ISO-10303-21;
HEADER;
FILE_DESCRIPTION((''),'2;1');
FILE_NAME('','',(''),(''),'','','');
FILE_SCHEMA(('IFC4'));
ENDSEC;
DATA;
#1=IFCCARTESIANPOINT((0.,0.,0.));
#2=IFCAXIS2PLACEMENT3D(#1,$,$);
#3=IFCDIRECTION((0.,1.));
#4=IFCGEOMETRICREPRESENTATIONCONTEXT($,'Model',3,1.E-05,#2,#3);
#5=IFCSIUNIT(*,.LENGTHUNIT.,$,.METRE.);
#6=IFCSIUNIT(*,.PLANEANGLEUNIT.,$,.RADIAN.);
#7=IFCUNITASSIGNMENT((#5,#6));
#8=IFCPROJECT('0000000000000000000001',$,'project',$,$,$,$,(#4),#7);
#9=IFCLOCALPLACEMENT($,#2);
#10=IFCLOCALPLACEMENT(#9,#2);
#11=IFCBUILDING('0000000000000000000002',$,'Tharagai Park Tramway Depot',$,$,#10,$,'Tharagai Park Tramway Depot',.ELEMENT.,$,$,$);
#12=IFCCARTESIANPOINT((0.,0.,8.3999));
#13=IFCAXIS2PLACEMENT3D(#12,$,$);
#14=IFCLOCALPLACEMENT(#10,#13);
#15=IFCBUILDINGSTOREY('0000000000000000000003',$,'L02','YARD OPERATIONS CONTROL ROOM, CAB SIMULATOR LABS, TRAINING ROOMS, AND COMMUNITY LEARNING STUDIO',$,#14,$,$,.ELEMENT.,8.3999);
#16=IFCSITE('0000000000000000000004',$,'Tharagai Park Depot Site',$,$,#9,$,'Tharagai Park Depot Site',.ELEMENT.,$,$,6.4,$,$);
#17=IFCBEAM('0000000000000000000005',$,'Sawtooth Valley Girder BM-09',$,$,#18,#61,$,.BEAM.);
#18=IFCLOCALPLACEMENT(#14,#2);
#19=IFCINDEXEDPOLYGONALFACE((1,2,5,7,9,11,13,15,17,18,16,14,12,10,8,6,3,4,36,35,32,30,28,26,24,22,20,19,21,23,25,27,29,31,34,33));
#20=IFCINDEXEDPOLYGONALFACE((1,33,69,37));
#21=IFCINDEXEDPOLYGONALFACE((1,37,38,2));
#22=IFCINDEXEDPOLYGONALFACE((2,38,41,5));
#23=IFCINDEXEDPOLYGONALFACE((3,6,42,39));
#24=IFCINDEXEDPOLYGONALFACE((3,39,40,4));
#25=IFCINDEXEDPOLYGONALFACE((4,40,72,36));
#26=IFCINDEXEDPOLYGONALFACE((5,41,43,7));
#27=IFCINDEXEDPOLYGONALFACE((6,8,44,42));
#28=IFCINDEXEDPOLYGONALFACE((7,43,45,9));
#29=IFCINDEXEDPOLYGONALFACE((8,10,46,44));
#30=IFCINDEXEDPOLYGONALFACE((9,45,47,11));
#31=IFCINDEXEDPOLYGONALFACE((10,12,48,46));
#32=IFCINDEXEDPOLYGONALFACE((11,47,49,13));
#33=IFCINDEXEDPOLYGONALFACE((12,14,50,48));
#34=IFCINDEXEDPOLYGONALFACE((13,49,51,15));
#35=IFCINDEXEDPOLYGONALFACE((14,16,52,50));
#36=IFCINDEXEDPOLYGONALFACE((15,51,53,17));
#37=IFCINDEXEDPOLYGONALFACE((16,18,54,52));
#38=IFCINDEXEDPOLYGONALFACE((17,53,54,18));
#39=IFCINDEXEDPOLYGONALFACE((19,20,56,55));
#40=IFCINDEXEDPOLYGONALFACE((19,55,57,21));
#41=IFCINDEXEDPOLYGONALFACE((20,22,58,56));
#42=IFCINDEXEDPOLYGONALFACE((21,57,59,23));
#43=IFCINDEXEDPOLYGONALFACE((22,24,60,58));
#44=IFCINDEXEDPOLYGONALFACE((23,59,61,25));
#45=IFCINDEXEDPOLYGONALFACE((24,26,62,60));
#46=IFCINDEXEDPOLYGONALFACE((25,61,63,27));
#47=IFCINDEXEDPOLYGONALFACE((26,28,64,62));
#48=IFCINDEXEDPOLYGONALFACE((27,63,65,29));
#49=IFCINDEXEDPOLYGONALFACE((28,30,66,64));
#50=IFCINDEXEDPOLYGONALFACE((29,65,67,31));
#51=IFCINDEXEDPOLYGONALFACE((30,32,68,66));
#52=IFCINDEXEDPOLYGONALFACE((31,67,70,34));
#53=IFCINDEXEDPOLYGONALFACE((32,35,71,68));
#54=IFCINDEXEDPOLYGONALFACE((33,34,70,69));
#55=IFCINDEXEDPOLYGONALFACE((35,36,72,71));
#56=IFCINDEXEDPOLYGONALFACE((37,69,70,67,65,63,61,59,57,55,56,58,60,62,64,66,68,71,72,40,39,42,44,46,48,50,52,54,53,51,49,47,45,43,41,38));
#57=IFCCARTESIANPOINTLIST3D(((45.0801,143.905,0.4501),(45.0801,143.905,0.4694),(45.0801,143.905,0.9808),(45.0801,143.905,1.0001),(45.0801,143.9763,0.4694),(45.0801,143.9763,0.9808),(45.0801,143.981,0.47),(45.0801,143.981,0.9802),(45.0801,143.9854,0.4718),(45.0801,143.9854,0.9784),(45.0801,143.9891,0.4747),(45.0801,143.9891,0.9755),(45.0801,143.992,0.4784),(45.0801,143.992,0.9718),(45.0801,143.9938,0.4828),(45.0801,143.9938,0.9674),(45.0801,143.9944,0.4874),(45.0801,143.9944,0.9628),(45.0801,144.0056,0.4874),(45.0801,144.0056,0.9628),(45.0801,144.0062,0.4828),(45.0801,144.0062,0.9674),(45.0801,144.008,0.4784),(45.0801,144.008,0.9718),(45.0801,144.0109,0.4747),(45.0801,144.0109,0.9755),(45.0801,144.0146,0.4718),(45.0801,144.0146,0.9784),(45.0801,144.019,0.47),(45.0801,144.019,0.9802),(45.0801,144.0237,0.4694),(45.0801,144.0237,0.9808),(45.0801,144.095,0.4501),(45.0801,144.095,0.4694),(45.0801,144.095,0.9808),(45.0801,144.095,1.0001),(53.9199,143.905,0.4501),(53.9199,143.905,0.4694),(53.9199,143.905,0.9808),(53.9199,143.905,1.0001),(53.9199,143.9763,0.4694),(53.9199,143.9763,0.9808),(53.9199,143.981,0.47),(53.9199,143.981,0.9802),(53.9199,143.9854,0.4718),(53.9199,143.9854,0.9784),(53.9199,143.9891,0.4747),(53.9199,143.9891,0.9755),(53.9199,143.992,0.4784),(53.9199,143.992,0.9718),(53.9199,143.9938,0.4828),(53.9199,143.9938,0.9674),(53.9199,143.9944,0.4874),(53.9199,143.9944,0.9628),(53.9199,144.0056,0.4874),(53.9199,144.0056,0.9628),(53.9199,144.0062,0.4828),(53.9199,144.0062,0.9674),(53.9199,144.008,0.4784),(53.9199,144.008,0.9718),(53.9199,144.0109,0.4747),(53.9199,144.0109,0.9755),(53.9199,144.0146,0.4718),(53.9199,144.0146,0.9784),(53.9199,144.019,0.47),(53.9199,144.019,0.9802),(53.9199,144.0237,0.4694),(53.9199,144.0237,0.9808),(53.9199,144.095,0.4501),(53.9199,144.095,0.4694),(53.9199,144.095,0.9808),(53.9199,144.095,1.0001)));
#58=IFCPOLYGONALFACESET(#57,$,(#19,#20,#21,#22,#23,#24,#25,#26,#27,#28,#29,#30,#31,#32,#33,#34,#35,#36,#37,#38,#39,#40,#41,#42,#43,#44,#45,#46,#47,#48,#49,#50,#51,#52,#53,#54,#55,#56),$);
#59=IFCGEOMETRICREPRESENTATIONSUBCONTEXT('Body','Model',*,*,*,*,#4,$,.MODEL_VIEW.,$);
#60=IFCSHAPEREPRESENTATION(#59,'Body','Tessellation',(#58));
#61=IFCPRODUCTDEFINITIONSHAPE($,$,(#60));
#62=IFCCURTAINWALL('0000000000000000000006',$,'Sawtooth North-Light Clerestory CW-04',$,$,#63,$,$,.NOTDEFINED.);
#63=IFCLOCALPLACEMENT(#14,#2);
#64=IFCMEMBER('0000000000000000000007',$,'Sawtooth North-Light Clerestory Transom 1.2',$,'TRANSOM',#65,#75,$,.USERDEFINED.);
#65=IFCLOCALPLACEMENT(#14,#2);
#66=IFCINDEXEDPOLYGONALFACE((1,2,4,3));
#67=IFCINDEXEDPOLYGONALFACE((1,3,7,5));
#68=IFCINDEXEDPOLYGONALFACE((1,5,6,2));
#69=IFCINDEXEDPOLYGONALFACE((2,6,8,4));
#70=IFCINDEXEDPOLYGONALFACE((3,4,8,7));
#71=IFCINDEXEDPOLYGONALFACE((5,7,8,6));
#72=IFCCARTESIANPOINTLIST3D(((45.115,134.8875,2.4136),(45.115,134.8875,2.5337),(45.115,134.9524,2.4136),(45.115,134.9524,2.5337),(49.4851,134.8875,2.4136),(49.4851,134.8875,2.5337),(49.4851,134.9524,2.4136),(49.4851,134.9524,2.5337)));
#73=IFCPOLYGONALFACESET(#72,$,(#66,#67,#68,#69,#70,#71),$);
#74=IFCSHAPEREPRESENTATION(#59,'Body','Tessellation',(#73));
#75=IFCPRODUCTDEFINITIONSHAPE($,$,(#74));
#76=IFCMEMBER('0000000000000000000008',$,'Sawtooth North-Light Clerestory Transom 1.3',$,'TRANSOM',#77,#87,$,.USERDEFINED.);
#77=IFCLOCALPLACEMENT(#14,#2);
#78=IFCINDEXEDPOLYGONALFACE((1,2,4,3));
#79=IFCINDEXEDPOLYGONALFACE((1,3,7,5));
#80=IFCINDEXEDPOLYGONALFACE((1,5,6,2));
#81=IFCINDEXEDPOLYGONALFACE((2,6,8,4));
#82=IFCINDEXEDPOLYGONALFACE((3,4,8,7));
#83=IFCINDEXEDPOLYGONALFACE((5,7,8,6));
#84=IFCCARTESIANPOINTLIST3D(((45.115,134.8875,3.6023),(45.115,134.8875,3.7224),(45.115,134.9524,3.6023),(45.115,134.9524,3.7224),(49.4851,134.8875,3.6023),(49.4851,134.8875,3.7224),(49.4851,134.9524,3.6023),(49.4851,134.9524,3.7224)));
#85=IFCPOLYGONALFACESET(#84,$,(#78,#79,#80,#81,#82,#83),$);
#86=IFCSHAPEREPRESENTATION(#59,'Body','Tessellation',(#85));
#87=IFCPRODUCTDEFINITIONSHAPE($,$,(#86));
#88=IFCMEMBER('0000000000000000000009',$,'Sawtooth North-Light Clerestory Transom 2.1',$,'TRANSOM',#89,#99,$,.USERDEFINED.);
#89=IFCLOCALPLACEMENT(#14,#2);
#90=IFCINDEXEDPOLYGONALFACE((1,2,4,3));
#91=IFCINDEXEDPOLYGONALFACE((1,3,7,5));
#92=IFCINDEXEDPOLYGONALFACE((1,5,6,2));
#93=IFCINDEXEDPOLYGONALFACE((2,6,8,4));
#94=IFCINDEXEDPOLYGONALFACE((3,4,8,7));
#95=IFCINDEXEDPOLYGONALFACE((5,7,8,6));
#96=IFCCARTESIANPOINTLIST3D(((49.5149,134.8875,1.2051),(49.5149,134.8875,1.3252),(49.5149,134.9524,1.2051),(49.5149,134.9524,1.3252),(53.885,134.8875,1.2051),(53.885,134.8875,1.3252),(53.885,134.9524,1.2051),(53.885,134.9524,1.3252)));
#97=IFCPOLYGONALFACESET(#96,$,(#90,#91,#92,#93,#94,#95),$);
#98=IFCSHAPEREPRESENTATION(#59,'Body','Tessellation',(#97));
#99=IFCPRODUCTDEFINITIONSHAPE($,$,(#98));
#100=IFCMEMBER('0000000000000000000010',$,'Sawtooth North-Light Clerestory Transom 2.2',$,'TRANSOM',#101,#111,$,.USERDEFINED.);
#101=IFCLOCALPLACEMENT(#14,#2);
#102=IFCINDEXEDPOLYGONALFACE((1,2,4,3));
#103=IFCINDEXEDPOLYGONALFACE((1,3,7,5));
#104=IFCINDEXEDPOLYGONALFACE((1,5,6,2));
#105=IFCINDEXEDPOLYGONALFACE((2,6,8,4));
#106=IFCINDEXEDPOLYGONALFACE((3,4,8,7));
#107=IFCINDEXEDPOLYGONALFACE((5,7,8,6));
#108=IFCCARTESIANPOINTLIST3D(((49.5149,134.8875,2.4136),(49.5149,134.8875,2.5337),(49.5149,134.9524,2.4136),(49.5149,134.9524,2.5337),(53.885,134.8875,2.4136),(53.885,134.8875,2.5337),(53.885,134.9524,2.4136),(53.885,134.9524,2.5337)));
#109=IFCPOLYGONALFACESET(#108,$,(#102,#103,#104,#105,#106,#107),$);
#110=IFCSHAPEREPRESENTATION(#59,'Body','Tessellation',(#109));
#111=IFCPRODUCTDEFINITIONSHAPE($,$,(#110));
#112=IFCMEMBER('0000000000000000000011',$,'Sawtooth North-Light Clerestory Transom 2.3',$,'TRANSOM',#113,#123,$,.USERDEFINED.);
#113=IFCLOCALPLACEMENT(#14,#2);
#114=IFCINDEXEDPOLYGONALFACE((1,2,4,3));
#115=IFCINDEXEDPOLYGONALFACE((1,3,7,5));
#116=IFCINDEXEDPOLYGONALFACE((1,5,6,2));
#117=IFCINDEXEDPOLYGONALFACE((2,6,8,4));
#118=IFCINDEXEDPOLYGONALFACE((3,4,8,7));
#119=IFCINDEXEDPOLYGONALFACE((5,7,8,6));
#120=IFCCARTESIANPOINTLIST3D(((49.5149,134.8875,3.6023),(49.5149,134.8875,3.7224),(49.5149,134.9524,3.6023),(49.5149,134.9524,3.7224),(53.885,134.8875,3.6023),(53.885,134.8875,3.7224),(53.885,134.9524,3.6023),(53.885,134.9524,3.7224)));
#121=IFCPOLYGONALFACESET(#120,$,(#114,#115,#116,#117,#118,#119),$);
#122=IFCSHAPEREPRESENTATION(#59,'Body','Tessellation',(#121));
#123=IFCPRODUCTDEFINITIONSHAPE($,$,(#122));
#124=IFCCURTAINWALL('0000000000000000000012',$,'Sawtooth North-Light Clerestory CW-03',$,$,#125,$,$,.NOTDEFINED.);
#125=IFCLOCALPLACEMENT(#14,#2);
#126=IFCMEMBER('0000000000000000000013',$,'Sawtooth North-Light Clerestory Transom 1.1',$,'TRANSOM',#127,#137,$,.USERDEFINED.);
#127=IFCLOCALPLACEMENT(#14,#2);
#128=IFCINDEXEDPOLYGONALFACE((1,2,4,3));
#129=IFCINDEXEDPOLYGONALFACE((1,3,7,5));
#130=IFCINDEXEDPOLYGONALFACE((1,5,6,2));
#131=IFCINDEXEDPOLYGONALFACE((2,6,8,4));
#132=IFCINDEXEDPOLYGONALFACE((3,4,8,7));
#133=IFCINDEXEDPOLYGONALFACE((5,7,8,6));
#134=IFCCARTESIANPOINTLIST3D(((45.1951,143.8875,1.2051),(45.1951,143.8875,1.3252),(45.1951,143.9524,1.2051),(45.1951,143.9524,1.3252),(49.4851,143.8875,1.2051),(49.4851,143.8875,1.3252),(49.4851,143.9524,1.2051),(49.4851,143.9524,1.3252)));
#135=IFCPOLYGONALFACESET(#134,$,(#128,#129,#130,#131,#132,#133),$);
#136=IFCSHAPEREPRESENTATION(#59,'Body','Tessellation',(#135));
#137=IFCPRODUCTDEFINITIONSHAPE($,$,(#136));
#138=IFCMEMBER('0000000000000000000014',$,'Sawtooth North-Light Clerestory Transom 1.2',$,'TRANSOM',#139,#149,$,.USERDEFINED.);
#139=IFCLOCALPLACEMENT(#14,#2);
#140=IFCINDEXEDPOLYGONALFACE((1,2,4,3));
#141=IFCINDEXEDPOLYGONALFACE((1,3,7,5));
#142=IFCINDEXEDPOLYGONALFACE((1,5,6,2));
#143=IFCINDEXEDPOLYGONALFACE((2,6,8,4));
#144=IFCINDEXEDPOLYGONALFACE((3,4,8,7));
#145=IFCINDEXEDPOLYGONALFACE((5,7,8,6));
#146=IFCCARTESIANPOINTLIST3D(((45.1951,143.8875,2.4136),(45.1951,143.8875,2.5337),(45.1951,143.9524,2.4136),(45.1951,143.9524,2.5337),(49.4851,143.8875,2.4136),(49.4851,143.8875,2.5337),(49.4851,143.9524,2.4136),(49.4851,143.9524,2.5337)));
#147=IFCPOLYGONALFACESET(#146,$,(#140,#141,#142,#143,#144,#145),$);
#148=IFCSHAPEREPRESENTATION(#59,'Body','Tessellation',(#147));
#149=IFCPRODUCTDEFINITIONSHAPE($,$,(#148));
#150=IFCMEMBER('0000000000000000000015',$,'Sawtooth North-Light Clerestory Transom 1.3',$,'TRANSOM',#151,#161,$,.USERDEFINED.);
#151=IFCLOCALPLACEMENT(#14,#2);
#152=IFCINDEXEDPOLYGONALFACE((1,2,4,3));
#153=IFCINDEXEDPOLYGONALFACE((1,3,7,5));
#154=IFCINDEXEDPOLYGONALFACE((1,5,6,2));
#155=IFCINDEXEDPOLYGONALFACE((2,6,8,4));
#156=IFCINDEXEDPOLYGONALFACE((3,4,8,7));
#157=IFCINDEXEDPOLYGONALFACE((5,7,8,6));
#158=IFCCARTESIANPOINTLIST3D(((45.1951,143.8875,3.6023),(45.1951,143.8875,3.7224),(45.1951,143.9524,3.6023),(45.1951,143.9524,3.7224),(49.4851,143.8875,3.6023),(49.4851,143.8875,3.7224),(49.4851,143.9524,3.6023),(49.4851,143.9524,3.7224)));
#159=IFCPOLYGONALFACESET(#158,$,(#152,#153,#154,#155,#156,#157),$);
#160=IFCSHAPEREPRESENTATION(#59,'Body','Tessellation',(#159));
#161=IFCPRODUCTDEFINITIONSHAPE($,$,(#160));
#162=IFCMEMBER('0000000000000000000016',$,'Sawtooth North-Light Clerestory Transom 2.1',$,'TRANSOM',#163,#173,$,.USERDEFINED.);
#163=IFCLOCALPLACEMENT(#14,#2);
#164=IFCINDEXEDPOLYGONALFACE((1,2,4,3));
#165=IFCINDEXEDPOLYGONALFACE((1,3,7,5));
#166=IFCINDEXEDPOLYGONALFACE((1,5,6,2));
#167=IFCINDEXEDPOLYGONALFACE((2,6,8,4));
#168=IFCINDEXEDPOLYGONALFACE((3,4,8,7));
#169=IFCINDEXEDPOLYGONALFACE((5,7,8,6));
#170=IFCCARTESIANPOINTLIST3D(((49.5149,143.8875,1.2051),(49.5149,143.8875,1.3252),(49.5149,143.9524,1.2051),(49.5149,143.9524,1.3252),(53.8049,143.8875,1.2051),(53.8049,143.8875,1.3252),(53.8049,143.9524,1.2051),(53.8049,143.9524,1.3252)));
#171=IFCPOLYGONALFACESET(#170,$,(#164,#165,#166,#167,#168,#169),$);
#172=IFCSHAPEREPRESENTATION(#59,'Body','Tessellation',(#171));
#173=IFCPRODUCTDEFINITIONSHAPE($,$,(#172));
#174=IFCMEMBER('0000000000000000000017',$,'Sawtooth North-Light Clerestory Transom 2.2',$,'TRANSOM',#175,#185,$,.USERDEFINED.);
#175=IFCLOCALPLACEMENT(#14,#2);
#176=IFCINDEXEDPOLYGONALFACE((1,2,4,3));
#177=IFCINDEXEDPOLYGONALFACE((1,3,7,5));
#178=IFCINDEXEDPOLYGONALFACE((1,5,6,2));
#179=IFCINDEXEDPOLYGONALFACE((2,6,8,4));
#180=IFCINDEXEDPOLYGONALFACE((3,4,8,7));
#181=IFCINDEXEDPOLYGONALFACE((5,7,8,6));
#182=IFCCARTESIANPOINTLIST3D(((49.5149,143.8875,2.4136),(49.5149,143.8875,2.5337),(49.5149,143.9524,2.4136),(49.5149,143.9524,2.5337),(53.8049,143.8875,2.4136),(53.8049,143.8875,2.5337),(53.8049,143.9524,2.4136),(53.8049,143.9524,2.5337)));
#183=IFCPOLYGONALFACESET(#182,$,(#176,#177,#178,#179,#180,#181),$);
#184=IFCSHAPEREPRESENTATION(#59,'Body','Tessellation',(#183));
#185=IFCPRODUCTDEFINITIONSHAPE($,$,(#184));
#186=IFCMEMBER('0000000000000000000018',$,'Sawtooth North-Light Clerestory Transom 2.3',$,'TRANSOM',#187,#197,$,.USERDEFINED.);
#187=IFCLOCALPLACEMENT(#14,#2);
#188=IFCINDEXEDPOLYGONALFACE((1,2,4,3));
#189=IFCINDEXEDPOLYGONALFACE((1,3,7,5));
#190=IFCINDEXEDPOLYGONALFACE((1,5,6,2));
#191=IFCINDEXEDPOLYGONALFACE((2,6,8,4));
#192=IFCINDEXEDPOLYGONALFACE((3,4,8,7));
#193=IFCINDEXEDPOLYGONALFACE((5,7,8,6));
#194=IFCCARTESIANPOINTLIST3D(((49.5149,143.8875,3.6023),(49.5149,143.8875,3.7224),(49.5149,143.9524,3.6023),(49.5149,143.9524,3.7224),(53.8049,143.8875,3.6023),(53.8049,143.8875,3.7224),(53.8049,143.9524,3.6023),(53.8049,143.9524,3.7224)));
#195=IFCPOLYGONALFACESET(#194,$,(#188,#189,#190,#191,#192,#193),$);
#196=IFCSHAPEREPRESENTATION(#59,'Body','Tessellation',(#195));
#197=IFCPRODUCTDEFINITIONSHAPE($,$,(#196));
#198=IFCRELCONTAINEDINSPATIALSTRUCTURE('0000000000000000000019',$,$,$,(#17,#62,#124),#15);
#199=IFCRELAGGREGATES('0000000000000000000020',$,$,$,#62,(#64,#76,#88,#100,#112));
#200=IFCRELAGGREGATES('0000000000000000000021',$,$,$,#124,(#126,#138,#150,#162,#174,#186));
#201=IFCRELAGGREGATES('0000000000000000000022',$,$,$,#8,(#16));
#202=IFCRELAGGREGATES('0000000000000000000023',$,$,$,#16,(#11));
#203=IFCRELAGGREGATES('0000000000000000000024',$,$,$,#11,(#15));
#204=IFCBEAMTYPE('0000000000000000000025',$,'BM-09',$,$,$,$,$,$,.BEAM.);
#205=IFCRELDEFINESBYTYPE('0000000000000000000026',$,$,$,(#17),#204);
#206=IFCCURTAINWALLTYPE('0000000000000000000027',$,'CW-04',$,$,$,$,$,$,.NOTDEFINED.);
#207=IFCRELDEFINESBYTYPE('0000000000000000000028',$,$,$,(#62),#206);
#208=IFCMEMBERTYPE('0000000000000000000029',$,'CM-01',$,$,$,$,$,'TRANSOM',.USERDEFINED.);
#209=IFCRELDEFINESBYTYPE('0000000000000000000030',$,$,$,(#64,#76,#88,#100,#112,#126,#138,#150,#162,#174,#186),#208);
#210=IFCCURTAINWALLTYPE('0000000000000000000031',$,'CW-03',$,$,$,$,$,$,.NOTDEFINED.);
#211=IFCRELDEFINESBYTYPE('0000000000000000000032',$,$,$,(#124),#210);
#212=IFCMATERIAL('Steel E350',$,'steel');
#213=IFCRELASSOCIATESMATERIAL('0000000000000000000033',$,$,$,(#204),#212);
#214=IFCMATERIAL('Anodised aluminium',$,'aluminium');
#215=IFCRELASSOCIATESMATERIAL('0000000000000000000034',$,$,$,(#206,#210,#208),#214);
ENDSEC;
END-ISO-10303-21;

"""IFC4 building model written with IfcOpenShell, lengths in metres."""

from ifc_helpers import new_model, si_unit, direction, frame, origin, origin_2d, place, context, subcontext, project, spatial, rectangle, i_section, extrude, material, material_profile, profile_set, type_object, element, aggregate, save


model = new_model("IFC4")

# Units and contexts
model_context = context("Model", 3, precision=1e-05, world=origin(), true_north=direction((0.0, 1.0)))
body_context = subcontext(model_context, "Body", "Model", "MODEL_VIEW")
ifc_project = project(units=[si_unit("LENGTHUNIT", "METRE"), si_unit("PLANEANGLEUNIT", "RADIAN")], contexts=[model_context])

# Site, building, storey
site_placement = place(None, origin())
site = spatial("IfcSite", under=ifc_project, at=site_placement, Name="Tharagai Park Depot Site", LongName="Tharagai Park Depot Site", CompositionType="ELEMENT", RefElevation=6.4)
building_placement = place(site_placement, origin())
building = spatial("IfcBuilding", under=site, at=building_placement, Name="Tharagai Park Tramway Depot", LongName="Tharagai Park Tramway Depot", CompositionType="ELEMENT")
storey_placement = place(building_placement, frame((0.0, 0.0, 8.3999)))
storey = spatial("IfcBuildingStorey", under=building, at=storey_placement, Name="L02", Description="YARD OPERATIONS CONTROL ROOM, CAB SIMULATOR LABS, TRAINING ROOMS, AND COMMUNITY LEARNING STUDIO", CompositionType="ELEMENT", Elevation=8.3999)

# Beam
ifc_material_1 = material(Name="Steel E350", Category="steel")
ifc_material_profile_1 = material_profile(ifc_material_1, i_section(OverallWidth=0.1899, OverallDepth=0.55, WebThickness=0.0112, FlangeThickness=0.0193, FilletRadius=0.0181, at=origin_2d()), Name="ISMB 550")
ifc_profile_set_1 = profile_set([ifc_material_profile_1], Name="Steel E350")
beam_type = type_object("IfcBeamType", Name="BM-09", PredefinedType="BEAM", material=ifc_profile_set_1)
beam_placement = place(storey_placement, frame((45.0801, 144.0, 0.7251), z_axis=(1.0, 0.0, 0.0), x_axis=(0.0, 1.0, 0.0)))
element("IfcBeam", 1, at=beam_placement, inside=storey, type_object=beam_type, Name="Sawtooth Valley Girder BM-09", PredefinedType="BEAM", context=body_context, shape_type="SweptSolid", body=[
    extrude(i_section(OverallWidth=0.1899, OverallDepth=0.55, WebThickness=0.0112, FlangeThickness=0.0193, FilletRadius=0.0181, at=origin_2d()), origin(), (0.0, 0.0, 1.0), 8.8398),
])

# Curtain walls, members
ifc_material_2 = material(Name="Anodised aluminium", Category="aluminium")
curtain_wall_type_1 = type_object("IfcCurtainWallType", Name="CW-04", PredefinedType="NOTDEFINED", material=ifc_material_2)
curtain_wall_1_placement = place(storey_placement, origin())
curtain_wall_1 = element("IfcCurtainWall", 2, at=curtain_wall_1_placement, inside=storey, type_object=curtain_wall_type_1, Name="Sawtooth North-Light Clerestory CW-04", PredefinedType="NOTDEFINED")
ifc_material_profile_2 = material_profile(ifc_material_2, rectangle(XDim=0.0649, YDim=0.1201, at=origin_2d()), Name="ALU 65x120")
ifc_profile_set_2 = profile_set([ifc_material_profile_2], Name="Anodised aluminium")
member_type_1 = type_object("IfcMemberType", Name="CM-01", ElementType="TRANSOM", PredefinedType="USERDEFINED", material=ifc_profile_set_2)
member_1_placement = place(storey_placement, frame((45.115, 134.9199, 2.4736), z_axis=(1.0, 0.0, 0.0), x_axis=(0.0, 1.0, 0.0)))
member_1 = element("IfcMember", 3, at=member_1_placement, type_object=member_type_1, Name="Sawtooth North-Light Clerestory Transom 1.2", ObjectType="TRANSOM", PredefinedType="USERDEFINED", context=body_context, shape_type="SweptSolid", body=[
    extrude(rectangle(XDim=0.0649, YDim=0.1201, at=origin_2d()), origin(), (0.0, 0.0, 1.0), 4.3701),
])
member_2_placement = place(storey_placement, frame((45.115, 134.9199, 3.6624), z_axis=(1.0, 0.0, 0.0), x_axis=(0.0, 1.0, 0.0)))
member_2 = element("IfcMember", 4, at=member_2_placement, type_object=member_type_1, Name="Sawtooth North-Light Clerestory Transom 1.3", ObjectType="TRANSOM", PredefinedType="USERDEFINED", context=body_context, shape_type="SweptSolid", body=[
    extrude(rectangle(XDim=0.0649, YDim=0.1201, at=origin_2d()), origin(), (0.0, 0.0, 1.0), 4.3701),
])
member_3_placement = place(storey_placement, frame((49.5149, 134.9199, 1.2651), z_axis=(1.0, 0.0, 0.0), x_axis=(0.0, 1.0, 0.0)))
member_3 = element("IfcMember", 5, at=member_3_placement, type_object=member_type_1, Name="Sawtooth North-Light Clerestory Transom 2.1", ObjectType="TRANSOM", PredefinedType="USERDEFINED", context=body_context, shape_type="SweptSolid", body=[
    extrude(rectangle(XDim=0.0649, YDim=0.1201, at=origin_2d()), origin(), (0.0, 0.0, 1.0), 4.3701),
])
member_4_placement = place(storey_placement, frame((49.5149, 134.9199, 2.4736), z_axis=(1.0, 0.0, 0.0), x_axis=(0.0, 1.0, 0.0)))
member_4 = element("IfcMember", 6, at=member_4_placement, type_object=member_type_1, Name="Sawtooth North-Light Clerestory Transom 2.2", ObjectType="TRANSOM", PredefinedType="USERDEFINED", context=body_context, shape_type="SweptSolid", body=[
    extrude(rectangle(XDim=0.0649, YDim=0.1201, at=origin_2d()), origin(), (0.0, 0.0, 1.0), 4.3701),
])
member_5_placement = place(storey_placement, frame((49.5149, 134.9199, 3.6624), z_axis=(1.0, 0.0, 0.0), x_axis=(0.0, 1.0, 0.0)))
member_5 = element("IfcMember", 7, at=member_5_placement, type_object=member_type_1, Name="Sawtooth North-Light Clerestory Transom 2.3", ObjectType="TRANSOM", PredefinedType="USERDEFINED", context=body_context, shape_type="SweptSolid", body=[
    extrude(rectangle(XDim=0.0649, YDim=0.1201, at=origin_2d()), origin(), (0.0, 0.0, 1.0), 4.3701),
])
curtain_wall_type_2 = type_object("IfcCurtainWallType", Name="CW-03", PredefinedType="NOTDEFINED", material=ifc_material_2)
curtain_wall_2_placement = place(storey_placement, origin())
curtain_wall_2 = element("IfcCurtainWall", 8, at=curtain_wall_2_placement, inside=storey, type_object=curtain_wall_type_2, Name="Sawtooth North-Light Clerestory CW-03", PredefinedType="NOTDEFINED")
member_6_placement = place(storey_placement, frame((45.1951, 143.9199, 1.2651), z_axis=(1.0, 0.0, 0.0), x_axis=(0.0, 1.0, 0.0)))
member_6 = element("IfcMember", 9, at=member_6_placement, type_object=member_type_1, Name="Sawtooth North-Light Clerestory Transom 1.1", ObjectType="TRANSOM", PredefinedType="USERDEFINED", context=body_context, shape_type="SweptSolid", body=[
    extrude(rectangle(XDim=0.0649, YDim=0.1201, at=origin_2d()), origin(), (0.0, 0.0, 1.0), 4.29),
])
member_7_placement = place(storey_placement, frame((45.1951, 143.9199, 2.4736), z_axis=(1.0, 0.0, 0.0), x_axis=(0.0, 1.0, 0.0)))
member_7 = element("IfcMember", 10, at=member_7_placement, type_object=member_type_1, Name="Sawtooth North-Light Clerestory Transom 1.2", ObjectType="TRANSOM", PredefinedType="USERDEFINED", context=body_context, shape_type="SweptSolid", body=[
    extrude(rectangle(XDim=0.0649, YDim=0.1201, at=origin_2d()), origin(), (0.0, 0.0, 1.0), 4.29),
])
member_8_placement = place(storey_placement, frame((45.1951, 143.9199, 3.6624), z_axis=(1.0, 0.0, 0.0), x_axis=(0.0, 1.0, 0.0)))
member_8 = element("IfcMember", 11, at=member_8_placement, type_object=member_type_1, Name="Sawtooth North-Light Clerestory Transom 1.3", ObjectType="TRANSOM", PredefinedType="USERDEFINED", context=body_context, shape_type="SweptSolid", body=[
    extrude(rectangle(XDim=0.0649, YDim=0.1201, at=origin_2d()), origin(), (0.0, 0.0, 1.0), 4.29),
])
member_9_placement = place(storey_placement, frame((49.5149, 143.9199, 1.2651), z_axis=(1.0, 0.0, 0.0), x_axis=(0.0, 1.0, 0.0)))
member_9 = element("IfcMember", 12, at=member_9_placement, type_object=member_type_1, Name="Sawtooth North-Light Clerestory Transom 2.1", ObjectType="TRANSOM", PredefinedType="USERDEFINED", context=body_context, shape_type="SweptSolid", body=[
    extrude(rectangle(XDim=0.0649, YDim=0.1201, at=origin_2d()), origin(), (0.0, 0.0, 1.0), 4.29),
])
member_10_placement = place(storey_placement, frame((49.5149, 143.9199, 2.4736), z_axis=(1.0, 0.0, 0.0), x_axis=(0.0, 1.0, 0.0)))
member_10 = element("IfcMember", 13, at=member_10_placement, type_object=member_type_1, Name="Sawtooth North-Light Clerestory Transom 2.2", ObjectType="TRANSOM", PredefinedType="USERDEFINED", context=body_context, shape_type="SweptSolid", body=[
    extrude(rectangle(XDim=0.0649, YDim=0.1201, at=origin_2d()), origin(), (0.0, 0.0, 1.0), 4.29),
])
member_11_placement = place(storey_placement, frame((49.5149, 143.9199, 3.6624), z_axis=(1.0, 0.0, 0.0), x_axis=(0.0, 1.0, 0.0)))
member_11 = element("IfcMember", 14, at=member_11_placement, type_object=member_type_1, Name="Sawtooth North-Light Clerestory Transom 2.3", ObjectType="TRANSOM", PredefinedType="USERDEFINED", context=body_context, shape_type="SweptSolid", body=[
    extrude(rectangle(XDim=0.0649, YDim=0.1201, at=origin_2d()), origin(), (0.0, 0.0, 1.0), 4.29),
])

aggregate(curtain_wall_1, [member_1, member_2, member_3, member_4, member_5])
aggregate(curtain_wall_2, [member_6, member_7, member_8, member_9, member_10, member_11])

save(model, "model.ifc")
